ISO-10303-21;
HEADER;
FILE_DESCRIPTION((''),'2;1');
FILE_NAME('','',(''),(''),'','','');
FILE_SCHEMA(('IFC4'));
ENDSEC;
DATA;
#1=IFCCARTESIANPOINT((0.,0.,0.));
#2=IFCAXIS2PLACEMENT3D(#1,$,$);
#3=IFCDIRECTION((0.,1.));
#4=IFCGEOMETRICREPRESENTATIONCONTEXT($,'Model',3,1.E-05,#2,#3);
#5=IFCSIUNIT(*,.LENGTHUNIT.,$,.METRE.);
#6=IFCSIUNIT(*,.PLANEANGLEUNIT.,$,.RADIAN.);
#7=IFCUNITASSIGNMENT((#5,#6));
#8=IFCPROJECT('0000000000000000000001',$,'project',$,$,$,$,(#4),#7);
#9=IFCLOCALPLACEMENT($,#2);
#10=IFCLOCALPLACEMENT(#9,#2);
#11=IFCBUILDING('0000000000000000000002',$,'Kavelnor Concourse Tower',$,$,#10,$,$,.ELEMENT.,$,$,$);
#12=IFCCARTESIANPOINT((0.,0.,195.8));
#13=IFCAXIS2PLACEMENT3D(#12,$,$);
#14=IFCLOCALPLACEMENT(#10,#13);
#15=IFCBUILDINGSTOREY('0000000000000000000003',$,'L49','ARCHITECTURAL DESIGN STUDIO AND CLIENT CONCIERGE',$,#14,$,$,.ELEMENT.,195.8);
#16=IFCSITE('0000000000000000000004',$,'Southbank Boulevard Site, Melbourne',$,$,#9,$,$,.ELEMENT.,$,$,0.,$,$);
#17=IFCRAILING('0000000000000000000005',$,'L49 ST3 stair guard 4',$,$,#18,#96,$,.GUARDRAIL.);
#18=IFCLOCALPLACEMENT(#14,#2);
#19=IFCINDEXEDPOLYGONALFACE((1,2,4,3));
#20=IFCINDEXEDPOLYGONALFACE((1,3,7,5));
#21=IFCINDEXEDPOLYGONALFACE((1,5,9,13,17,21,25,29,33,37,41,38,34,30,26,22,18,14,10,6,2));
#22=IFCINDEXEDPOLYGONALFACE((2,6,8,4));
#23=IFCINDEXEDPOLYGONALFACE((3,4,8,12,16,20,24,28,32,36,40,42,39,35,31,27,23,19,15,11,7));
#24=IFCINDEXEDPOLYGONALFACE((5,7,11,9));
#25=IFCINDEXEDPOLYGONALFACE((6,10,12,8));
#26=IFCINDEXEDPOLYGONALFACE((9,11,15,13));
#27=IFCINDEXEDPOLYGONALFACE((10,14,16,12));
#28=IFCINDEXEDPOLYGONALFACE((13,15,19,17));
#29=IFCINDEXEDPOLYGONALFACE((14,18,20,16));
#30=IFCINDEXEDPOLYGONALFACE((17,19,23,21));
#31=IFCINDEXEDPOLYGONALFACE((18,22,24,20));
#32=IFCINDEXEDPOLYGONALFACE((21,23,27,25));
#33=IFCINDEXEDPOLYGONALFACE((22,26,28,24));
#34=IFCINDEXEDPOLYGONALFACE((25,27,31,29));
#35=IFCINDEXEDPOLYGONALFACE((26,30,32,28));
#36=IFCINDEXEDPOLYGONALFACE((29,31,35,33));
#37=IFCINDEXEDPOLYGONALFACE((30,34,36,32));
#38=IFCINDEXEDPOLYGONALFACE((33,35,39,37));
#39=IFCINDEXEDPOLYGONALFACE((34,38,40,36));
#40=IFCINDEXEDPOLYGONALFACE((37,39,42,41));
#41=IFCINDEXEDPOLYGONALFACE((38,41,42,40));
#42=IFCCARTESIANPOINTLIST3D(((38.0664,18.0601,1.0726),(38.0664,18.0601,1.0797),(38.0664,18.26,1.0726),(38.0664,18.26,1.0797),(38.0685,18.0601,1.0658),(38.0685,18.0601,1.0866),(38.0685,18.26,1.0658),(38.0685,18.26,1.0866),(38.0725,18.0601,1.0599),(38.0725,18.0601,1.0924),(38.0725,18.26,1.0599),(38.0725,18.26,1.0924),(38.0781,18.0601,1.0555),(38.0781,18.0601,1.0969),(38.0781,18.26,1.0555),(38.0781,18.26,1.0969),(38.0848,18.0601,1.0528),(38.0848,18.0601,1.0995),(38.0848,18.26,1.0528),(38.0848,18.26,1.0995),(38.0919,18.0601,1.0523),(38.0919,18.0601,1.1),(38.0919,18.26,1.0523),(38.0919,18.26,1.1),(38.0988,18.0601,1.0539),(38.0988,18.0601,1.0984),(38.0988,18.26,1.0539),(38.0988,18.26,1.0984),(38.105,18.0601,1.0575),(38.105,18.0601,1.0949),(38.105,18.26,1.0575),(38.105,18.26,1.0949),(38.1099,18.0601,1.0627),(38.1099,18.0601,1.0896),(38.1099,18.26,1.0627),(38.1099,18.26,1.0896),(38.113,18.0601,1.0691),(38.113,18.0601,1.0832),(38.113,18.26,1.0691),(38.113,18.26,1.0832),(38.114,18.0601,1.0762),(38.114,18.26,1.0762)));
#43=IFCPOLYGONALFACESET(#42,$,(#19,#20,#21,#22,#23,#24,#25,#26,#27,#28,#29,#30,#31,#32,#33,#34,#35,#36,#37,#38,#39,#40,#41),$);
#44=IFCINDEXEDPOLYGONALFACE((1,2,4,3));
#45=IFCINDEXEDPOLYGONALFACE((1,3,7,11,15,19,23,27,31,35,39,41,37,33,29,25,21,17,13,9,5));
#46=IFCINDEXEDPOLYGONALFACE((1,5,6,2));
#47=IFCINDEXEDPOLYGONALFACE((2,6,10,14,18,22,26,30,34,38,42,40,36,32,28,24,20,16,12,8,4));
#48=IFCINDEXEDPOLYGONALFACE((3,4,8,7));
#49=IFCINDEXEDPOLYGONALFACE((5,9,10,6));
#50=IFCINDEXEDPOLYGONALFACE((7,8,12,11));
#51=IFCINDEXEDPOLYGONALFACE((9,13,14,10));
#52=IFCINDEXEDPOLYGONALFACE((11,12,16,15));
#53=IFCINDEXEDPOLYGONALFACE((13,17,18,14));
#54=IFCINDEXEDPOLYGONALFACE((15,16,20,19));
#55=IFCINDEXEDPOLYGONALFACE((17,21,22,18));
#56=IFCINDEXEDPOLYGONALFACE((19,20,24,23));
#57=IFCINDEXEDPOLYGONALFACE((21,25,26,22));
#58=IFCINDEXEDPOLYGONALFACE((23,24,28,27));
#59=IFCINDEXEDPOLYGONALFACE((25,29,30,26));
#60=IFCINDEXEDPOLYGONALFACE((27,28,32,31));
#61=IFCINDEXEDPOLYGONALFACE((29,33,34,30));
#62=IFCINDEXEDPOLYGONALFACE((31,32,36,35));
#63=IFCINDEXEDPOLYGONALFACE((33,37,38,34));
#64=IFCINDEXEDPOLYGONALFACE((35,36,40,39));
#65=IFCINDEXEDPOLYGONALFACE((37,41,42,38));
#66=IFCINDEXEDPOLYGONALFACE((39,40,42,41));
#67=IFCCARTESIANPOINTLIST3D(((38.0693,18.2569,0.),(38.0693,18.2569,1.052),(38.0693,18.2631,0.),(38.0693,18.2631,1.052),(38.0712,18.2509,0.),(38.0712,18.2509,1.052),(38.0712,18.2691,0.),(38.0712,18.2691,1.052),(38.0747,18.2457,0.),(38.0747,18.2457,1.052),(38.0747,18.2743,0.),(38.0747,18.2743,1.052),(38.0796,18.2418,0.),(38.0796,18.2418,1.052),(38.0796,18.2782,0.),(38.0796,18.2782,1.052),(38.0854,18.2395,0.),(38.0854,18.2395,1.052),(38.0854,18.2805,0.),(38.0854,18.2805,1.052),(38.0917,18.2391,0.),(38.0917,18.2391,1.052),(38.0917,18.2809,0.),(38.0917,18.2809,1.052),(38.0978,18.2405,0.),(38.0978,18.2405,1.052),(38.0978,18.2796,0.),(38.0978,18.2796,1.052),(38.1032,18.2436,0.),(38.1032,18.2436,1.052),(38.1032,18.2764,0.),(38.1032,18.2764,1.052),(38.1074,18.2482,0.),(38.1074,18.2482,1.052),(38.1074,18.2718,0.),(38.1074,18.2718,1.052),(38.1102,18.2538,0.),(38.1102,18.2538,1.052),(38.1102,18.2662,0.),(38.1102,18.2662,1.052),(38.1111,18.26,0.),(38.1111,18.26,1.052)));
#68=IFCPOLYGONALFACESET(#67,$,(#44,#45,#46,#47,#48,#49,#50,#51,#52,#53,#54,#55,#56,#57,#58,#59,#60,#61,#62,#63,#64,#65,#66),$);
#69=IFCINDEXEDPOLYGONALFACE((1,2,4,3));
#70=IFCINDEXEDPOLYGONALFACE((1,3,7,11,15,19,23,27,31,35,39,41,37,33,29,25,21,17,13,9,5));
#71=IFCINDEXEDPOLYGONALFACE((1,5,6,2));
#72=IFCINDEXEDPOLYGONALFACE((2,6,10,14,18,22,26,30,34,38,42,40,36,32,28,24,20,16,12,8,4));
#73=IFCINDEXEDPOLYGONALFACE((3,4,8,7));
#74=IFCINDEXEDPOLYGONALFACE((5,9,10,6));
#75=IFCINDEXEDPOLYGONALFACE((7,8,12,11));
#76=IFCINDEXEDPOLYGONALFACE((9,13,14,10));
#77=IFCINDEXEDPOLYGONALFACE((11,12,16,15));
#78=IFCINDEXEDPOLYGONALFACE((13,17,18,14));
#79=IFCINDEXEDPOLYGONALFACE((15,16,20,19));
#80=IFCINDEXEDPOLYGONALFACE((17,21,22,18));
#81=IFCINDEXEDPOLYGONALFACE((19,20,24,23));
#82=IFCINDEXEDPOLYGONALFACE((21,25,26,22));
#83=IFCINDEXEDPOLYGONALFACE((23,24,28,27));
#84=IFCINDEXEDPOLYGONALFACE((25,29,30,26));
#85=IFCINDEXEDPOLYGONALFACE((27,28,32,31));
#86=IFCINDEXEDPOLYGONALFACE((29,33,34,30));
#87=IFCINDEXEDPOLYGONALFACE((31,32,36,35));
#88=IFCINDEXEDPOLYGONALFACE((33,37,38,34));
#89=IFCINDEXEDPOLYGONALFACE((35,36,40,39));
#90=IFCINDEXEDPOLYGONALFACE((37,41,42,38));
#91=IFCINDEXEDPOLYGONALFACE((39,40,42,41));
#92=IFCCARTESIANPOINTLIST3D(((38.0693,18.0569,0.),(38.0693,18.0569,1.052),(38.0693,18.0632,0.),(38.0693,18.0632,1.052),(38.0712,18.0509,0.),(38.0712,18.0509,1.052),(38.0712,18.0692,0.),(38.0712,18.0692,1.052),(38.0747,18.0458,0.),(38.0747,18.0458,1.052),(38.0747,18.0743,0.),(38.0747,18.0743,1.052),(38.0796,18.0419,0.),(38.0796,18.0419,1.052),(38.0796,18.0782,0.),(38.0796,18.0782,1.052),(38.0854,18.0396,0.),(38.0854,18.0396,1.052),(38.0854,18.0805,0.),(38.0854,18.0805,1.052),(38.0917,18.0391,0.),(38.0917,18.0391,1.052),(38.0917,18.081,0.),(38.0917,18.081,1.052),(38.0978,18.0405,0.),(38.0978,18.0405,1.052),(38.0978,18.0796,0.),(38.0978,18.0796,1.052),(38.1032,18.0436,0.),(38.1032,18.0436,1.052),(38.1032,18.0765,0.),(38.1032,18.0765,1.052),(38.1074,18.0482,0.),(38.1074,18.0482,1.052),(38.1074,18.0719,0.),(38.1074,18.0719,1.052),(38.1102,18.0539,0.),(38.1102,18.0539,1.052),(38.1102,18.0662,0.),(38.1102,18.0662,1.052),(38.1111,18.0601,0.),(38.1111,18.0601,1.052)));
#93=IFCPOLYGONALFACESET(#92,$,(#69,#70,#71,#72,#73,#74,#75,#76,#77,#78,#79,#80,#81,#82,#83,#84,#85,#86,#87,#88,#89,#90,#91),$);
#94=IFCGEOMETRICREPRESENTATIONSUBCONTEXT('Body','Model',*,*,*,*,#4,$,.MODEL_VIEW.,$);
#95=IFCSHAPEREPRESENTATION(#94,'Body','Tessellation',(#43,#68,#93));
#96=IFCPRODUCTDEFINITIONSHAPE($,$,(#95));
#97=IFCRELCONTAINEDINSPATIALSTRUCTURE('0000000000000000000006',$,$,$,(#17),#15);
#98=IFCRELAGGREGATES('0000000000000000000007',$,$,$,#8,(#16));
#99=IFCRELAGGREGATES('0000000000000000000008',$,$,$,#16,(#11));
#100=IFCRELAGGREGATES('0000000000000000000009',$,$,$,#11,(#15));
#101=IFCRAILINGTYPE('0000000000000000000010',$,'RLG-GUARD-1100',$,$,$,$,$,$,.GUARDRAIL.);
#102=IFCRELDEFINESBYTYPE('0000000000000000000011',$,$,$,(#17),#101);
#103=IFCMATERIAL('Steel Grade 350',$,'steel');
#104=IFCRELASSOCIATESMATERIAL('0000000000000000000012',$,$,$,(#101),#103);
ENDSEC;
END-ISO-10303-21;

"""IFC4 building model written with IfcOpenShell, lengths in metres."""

from ifc_helpers import new_model, si_unit, direction, frame, origin, origin_2d, place, context, subcontext, project, spatial, circle, extrude, material, type_object, element, save


model = new_model("IFC4")

# Units and contexts
model_context = context("Model", 3, precision=1e-05, world=origin(), true_north=direction((0.0, 1.0)))
body_context = subcontext(model_context, "Body", "Model", "MODEL_VIEW")
ifc_project = project(units=[si_unit("LENGTHUNIT", "METRE"), si_unit("PLANEANGLEUNIT", "RADIAN")], contexts=[model_context])

# Site, building, storey
site_placement = place(None, origin())
site = spatial("IfcSite", under=ifc_project, at=site_placement, Name="Southbank Boulevard Site, Melbourne", CompositionType="ELEMENT", RefElevation=0.0)
building_placement = place(site_placement, origin())
building = spatial("IfcBuilding", under=site, at=building_placement, Name="Kavelnor Concourse Tower", CompositionType="ELEMENT")
storey_placement = place(building_placement, frame((0.0, 0.0, 195.8)))
storey = spatial("IfcBuildingStorey", under=building, at=storey_placement, Name="L49", Description="ARCHITECTURAL DESIGN STUDIO AND CLIENT CONCIERGE", CompositionType="ELEMENT", Elevation=195.8)

# Shared definitions
ifc_material_1 = material(Name="Steel Grade 350", Category="steel")

# Railing
railing_type_1 = type_object("IfcRailingType", Name="RLG-GUARD-1100", PredefinedType="GUARDRAIL", material=ifc_material_1)
railing_1_placement = place(storey_placement, frame((38.0901, 18.26, 0.0)))
element("IfcRailing", 1, at=railing_1_placement, inside=storey, type_object=railing_type_1, Name="L49 ST3 stair guard 4", PredefinedType="GUARDRAIL", context=body_context, shape_type="SweptSolid", body=[
    extrude(circle(Radius=0.0239, at=origin_2d()), frame((0.0, 0.0, 1.0762), z_axis=(0.0, -1.0, 0.0), x_axis=(1.0, 0.0, 0.0)), (0.0, 0.0, 1.0), 0.2),
    extrude(circle(Radius=0.021, at=origin_2d()), origin(), (0.0, 0.0, 1.0), 1.052),
    extrude(circle(Radius=0.021, at=origin_2d()), frame((0.0, -0.2, 0.0)), (0.0, 0.0, 1.0), 1.052),
])

save(model, "model.ifc")
